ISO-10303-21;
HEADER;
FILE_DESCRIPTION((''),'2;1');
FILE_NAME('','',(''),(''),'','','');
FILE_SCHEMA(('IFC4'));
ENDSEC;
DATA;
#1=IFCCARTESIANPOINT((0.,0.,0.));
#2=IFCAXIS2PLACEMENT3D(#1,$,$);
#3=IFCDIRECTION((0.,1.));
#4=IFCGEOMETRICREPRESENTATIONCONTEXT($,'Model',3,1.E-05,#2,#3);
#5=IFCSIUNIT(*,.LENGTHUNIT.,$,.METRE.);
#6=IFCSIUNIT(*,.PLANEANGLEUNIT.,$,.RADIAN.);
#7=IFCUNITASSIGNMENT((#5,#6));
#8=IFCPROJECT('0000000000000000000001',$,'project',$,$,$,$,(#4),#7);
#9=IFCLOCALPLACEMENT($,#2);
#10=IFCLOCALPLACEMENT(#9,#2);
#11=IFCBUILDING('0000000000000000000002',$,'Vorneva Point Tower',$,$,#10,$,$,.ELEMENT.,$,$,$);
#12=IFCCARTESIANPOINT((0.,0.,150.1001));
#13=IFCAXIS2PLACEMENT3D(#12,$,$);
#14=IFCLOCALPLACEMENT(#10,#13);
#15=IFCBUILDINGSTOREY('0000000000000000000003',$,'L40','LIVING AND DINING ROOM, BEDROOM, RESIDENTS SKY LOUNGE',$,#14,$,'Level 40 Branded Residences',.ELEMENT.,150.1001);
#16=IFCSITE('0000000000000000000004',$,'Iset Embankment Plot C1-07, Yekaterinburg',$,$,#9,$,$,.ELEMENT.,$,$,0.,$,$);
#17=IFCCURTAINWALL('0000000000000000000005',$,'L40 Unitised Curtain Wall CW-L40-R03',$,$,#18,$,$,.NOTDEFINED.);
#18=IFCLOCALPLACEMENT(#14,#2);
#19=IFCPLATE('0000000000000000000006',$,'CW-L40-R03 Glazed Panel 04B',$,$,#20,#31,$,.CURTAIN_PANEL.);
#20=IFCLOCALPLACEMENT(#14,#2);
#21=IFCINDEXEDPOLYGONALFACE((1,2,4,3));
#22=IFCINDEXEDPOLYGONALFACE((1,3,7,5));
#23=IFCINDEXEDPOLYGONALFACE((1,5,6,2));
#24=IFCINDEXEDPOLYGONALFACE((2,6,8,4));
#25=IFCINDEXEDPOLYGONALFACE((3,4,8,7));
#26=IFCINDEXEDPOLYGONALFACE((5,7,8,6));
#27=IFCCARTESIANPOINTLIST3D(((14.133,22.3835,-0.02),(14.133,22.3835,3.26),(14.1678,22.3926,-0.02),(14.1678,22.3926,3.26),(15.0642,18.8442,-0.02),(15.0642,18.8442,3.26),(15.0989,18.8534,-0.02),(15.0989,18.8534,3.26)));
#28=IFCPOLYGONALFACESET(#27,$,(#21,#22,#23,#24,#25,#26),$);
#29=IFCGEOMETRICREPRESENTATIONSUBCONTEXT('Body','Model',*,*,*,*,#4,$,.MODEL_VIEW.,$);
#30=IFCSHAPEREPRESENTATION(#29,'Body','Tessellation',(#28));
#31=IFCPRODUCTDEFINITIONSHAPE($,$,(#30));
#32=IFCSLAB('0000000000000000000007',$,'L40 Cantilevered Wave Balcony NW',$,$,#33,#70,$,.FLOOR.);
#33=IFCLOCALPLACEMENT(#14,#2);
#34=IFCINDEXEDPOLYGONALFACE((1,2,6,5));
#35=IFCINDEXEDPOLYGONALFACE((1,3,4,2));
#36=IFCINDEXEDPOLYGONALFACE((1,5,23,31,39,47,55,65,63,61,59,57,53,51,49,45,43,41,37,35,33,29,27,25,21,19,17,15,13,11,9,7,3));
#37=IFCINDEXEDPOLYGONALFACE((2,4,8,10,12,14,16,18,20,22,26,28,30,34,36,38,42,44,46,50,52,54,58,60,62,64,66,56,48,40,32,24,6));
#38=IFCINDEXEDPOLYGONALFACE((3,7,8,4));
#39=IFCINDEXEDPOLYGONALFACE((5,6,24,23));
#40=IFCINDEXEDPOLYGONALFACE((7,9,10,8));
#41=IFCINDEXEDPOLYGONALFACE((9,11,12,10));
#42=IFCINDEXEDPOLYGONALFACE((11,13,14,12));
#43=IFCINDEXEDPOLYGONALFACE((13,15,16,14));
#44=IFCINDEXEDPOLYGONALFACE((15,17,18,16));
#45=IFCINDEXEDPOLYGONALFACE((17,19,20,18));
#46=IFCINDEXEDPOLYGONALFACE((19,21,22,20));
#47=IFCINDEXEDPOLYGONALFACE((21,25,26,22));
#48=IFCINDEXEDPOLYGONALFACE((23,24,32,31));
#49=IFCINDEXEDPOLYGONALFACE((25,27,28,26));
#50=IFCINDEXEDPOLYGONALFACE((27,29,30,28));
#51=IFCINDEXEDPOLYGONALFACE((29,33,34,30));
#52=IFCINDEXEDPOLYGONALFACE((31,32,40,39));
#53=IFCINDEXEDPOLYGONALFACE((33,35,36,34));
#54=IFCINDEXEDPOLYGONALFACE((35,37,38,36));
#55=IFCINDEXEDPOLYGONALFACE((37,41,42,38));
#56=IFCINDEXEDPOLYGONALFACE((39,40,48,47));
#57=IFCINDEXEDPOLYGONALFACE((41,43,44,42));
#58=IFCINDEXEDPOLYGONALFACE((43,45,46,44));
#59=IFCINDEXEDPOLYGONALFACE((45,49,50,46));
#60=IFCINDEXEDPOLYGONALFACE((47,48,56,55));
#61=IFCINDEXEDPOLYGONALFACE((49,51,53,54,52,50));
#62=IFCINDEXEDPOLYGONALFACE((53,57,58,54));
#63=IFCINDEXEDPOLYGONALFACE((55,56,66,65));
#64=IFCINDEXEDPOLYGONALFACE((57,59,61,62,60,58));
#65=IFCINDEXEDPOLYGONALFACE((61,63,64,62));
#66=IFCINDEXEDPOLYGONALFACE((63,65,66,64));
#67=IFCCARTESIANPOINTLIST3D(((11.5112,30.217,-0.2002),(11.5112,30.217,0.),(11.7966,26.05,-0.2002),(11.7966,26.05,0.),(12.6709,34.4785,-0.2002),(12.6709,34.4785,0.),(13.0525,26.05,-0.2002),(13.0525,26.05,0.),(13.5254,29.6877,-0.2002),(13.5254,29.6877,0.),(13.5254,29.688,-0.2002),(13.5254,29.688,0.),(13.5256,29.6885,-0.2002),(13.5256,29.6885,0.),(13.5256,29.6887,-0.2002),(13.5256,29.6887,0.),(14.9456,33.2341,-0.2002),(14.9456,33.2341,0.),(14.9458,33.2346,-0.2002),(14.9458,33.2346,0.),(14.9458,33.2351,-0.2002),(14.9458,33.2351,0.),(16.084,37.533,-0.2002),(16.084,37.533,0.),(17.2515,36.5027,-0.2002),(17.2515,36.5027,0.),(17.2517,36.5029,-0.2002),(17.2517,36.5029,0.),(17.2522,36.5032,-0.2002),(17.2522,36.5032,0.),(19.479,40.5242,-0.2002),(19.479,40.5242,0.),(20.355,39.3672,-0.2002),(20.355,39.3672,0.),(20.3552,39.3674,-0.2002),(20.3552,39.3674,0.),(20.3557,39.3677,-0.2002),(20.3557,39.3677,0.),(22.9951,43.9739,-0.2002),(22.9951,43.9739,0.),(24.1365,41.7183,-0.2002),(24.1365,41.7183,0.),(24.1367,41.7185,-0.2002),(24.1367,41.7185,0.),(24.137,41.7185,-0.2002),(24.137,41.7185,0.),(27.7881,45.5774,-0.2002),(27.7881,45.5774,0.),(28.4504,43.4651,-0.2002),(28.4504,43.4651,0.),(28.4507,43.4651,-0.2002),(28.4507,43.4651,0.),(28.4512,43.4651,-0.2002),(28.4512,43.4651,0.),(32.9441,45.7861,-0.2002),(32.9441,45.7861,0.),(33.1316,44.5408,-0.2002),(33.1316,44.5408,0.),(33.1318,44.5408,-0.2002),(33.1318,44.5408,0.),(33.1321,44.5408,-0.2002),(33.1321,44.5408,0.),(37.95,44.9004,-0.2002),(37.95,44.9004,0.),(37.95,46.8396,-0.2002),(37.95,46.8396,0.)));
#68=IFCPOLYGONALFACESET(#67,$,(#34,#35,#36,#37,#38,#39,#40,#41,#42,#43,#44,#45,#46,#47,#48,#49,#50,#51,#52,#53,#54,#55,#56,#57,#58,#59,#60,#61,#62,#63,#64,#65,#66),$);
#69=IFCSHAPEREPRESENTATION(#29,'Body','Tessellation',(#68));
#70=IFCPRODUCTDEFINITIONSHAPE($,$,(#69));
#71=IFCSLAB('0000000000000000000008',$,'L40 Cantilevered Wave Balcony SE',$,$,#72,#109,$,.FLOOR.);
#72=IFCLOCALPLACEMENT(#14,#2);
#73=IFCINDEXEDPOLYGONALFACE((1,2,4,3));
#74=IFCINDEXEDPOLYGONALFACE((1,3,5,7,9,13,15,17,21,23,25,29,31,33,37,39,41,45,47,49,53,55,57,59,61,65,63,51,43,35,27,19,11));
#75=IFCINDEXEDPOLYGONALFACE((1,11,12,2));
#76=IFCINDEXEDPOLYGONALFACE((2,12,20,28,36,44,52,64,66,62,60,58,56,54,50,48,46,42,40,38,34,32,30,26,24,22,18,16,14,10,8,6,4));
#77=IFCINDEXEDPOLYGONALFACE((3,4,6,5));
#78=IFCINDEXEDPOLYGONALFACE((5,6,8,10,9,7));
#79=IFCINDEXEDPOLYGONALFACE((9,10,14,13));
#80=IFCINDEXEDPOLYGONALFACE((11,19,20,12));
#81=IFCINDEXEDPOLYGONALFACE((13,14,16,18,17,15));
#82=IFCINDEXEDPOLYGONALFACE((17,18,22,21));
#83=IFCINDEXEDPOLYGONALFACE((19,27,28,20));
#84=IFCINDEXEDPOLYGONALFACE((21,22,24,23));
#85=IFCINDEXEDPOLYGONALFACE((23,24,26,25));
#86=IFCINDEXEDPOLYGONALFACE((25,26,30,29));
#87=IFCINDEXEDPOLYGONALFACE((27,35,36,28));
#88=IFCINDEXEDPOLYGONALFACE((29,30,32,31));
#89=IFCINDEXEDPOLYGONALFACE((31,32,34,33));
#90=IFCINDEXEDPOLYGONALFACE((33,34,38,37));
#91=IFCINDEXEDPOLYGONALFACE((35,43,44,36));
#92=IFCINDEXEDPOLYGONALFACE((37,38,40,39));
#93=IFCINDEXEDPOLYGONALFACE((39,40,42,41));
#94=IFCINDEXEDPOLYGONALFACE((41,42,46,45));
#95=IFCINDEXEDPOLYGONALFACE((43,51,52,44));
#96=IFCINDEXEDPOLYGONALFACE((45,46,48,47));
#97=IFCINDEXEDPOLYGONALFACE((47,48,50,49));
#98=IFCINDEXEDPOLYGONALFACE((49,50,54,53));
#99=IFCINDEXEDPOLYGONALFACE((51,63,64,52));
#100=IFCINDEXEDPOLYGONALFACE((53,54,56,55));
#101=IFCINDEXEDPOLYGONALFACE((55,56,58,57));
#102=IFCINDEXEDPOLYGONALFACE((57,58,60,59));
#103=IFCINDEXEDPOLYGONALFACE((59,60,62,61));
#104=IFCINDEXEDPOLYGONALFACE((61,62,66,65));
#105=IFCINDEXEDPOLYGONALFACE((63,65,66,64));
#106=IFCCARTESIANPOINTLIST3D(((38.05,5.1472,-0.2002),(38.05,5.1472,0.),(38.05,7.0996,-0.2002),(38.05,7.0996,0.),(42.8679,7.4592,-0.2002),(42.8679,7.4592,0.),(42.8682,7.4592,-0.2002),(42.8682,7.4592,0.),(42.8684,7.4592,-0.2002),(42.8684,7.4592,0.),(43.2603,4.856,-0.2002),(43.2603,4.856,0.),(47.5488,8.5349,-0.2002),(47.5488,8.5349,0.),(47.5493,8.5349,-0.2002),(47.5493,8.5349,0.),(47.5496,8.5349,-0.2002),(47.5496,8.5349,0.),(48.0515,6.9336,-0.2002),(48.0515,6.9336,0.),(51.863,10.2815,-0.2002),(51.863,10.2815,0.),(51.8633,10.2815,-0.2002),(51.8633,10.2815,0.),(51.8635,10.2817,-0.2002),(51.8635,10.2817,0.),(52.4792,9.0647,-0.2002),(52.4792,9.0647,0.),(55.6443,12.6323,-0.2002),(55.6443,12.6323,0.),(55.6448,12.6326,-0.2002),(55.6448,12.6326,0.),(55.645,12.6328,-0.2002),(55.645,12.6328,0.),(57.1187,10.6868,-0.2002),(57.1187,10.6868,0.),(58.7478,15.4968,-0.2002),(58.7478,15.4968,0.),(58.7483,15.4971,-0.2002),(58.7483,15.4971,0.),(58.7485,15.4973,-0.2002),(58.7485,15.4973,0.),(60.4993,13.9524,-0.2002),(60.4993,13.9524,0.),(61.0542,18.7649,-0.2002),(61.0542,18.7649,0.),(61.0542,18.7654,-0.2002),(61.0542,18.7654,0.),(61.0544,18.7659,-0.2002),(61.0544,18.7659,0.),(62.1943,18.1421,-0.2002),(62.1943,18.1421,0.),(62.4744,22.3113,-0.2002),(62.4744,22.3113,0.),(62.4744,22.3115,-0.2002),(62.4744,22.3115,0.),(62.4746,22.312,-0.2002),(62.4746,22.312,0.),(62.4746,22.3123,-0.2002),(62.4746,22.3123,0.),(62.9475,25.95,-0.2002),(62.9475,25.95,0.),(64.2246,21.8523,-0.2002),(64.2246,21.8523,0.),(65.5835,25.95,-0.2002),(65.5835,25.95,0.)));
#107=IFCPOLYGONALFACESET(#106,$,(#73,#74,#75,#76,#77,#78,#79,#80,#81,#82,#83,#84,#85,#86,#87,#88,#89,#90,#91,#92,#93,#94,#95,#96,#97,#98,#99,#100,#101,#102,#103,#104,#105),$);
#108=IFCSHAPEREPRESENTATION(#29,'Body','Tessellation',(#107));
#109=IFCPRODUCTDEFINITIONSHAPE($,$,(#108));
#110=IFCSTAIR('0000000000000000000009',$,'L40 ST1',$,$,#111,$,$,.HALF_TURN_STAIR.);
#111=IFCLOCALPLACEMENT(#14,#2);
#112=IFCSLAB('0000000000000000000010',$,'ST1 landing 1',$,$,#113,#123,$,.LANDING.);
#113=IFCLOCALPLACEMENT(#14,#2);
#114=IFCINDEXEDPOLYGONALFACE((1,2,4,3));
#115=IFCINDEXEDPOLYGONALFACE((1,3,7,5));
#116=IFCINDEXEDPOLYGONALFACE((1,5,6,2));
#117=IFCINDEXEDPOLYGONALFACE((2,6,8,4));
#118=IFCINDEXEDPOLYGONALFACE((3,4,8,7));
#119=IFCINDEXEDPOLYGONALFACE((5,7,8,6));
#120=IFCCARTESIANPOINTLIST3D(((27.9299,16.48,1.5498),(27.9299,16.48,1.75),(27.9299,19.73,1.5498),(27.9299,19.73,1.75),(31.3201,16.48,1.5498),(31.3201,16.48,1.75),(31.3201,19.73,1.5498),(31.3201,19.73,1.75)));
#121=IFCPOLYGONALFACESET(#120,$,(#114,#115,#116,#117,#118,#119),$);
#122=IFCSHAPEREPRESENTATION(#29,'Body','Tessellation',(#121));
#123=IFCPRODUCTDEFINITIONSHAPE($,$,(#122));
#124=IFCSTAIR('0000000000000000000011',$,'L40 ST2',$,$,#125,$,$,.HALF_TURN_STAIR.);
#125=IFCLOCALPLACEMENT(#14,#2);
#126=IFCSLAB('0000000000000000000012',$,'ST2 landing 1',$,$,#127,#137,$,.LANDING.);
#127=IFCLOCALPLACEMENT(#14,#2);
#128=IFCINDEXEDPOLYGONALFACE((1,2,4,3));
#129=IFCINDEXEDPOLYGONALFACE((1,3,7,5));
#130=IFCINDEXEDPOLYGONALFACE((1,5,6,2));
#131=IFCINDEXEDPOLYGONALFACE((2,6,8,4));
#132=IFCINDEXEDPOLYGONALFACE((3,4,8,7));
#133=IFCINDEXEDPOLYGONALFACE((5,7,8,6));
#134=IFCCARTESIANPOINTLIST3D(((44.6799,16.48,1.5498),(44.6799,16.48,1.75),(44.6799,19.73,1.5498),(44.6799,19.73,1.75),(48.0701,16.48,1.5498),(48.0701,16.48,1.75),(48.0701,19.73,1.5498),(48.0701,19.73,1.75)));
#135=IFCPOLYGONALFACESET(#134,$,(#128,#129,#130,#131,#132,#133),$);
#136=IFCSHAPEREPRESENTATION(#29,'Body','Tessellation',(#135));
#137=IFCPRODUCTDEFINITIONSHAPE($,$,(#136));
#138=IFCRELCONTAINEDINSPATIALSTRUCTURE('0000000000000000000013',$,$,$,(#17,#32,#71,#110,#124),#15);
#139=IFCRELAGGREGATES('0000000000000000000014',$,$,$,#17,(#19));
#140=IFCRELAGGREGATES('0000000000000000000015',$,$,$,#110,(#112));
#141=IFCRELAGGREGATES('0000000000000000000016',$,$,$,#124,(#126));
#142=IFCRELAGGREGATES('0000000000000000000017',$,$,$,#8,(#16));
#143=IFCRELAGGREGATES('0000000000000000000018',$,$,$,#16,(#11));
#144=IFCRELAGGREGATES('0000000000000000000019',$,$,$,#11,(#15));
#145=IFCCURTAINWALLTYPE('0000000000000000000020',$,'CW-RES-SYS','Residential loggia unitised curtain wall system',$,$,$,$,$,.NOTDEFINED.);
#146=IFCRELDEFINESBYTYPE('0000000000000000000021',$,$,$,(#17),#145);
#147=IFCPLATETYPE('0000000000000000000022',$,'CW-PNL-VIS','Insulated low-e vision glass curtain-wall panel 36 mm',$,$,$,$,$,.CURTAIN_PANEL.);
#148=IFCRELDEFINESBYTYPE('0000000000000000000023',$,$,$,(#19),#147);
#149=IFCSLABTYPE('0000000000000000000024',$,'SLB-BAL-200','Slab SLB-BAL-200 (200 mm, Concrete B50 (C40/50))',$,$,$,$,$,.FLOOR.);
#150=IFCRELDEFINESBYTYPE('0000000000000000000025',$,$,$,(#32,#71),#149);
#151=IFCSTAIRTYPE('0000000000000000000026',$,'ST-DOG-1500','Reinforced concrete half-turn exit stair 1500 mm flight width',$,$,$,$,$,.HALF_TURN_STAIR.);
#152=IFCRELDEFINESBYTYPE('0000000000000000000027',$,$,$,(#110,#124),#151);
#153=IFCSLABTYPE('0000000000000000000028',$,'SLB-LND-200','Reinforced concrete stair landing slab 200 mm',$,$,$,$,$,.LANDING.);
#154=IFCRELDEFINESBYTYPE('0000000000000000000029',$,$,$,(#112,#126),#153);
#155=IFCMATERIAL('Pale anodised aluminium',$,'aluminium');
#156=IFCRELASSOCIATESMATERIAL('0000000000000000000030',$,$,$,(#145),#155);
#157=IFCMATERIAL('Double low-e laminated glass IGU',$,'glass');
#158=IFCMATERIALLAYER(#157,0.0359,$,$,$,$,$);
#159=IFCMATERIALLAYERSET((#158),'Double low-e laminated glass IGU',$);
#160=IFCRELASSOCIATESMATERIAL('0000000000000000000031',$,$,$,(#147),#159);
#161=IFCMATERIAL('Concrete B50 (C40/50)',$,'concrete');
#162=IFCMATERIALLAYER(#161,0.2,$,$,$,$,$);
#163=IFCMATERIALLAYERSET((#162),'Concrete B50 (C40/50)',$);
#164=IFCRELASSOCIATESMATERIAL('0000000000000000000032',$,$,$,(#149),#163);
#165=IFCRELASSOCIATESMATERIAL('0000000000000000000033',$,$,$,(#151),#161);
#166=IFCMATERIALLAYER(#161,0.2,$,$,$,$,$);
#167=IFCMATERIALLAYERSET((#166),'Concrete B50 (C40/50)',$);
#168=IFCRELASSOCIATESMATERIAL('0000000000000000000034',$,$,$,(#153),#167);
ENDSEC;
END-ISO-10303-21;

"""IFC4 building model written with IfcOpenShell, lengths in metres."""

from ifc_helpers import new_model, si_unit, direction, frame, origin, origin_2d, place, context, subcontext, project, spatial, polyline, rectangle, outline, extrude, material, layer, layer_set, type_object, element, aggregate, save


model = new_model("IFC4")

# Units and contexts
model_context = context("Model", 3, precision=1e-05, world=origin(), true_north=direction((0.0, 1.0)))
body_context = subcontext(model_context, "Body", "Model", "MODEL_VIEW")
ifc_project = project(units=[si_unit("LENGTHUNIT", "METRE"), si_unit("PLANEANGLEUNIT", "RADIAN")], contexts=[model_context])

# Site, building, storey
site_placement = place(None, origin())
site = spatial("IfcSite", under=ifc_project, at=site_placement, Name="Iset Embankment Plot C1-07, Yekaterinburg", CompositionType="ELEMENT", RefElevation=0.0)
building_placement = place(site_placement, origin())
building = spatial("IfcBuilding", under=site, at=building_placement, Name="Vorneva Point Tower", CompositionType="ELEMENT")
storey_placement = place(building_placement, frame((0.0, 0.0, 150.1001)))
storey = spatial("IfcBuildingStorey", under=building, at=storey_placement, Name="L40", Description="LIVING AND DINING ROOM, BEDROOM, RESIDENTS SKY LOUNGE", LongName="Level 40 Branded Residences", CompositionType="ELEMENT", Elevation=150.1001)

# Curtain wall
ifc_material_1 = material(Name="Pale anodised aluminium", Category="aluminium")
curtain_wall_type = type_object("IfcCurtainWallType", Name="CW-RES-SYS", Description="Residential loggia unitised curtain wall system", PredefinedType="NOTDEFINED", material=ifc_material_1)
curtain_wall_1_placement = place(storey_placement, origin())
curtain_wall_1 = element("IfcCurtainWall", 1, at=curtain_wall_1_placement, inside=storey, type_object=curtain_wall_type, Name="L40 Unitised Curtain Wall CW-L40-R03", PredefinedType="NOTDEFINED")

# Plate
ifc_material_2 = material(Name="Double low-e laminated glass IGU", Category="glass")
ifc_layer_1 = layer(ifc_material_2, 0.0359)
ifc_layer_set_1 = layer_set([ifc_layer_1], Name="Double low-e laminated glass IGU")
plate_type = type_object("IfcPlateType", Name="CW-PNL-VIS", Description="Insulated low-e vision glass curtain-wall panel 36 mm", PredefinedType="CURTAIN_PANEL", material=ifc_layer_set_1)
plate_1_placement = place(storey_placement, frame((14.616, 20.6184, -0.02), z_axis=(0.0, 0.0, 1.0), x_axis=(0.254433, -0.96709, 0.0)))
plate_1 = element("IfcPlate", 2, at=plate_1_placement, type_object=plate_type, Name="CW-L40-R03 Glazed Panel 04B", PredefinedType="CURTAIN_PANEL", context=body_context, shape_type="SweptSolid", body=[
    extrude(rectangle(XDim=3.6597, YDim=0.0359, at=origin_2d()), origin(), (0.0, 0.0, 1.0), 3.28),
])
aggregate(curtain_wall_1, [plate_1])

# Slabs
ifc_material_3 = material(Name="Concrete B50 (C40/50)", Category="concrete")
ifc_layer_2 = layer(ifc_material_3, 0.2)
ifc_layer_set_2 = layer_set([ifc_layer_2], Name="Concrete B50 (C40/50)")
slab_type_1 = type_object("IfcSlabType", Name="SLB-BAL-200", Description="Slab SLB-BAL-200 (200 mm, Concrete B50 (C40/50))", PredefinedType="FLOOR", material=ifc_layer_set_2)
slab_1_placement = place(storey_placement, frame((0.0, 0.0, -0.2002)))
element("IfcSlab", 3, at=slab_1_placement, inside=storey, type_object=slab_type_1, Name="L40 Cantilevered Wave Balcony NW", PredefinedType="FLOOR", context=body_context, shape_type="SweptSolid", body=[
    extrude(outline(polyline([(11.7966, 26.05), (13.0525, 26.05), (13.5254, 29.6877), (13.5254, 29.688), (13.5256, 29.6885), (13.5256, 29.6887), (14.9456, 33.2341), (14.9458, 33.2346), (14.9458, 33.2351), (17.2515, 36.5027), (17.2517, 36.5029), (17.2522, 36.5032), (20.355, 39.3672), (20.3552, 39.3674), (20.3557, 39.3677), (24.1365, 41.7183), (24.1367, 41.7185), (24.137, 41.7185), (28.4504, 43.4651), (28.4507, 43.4651), (28.4512, 43.4651), (33.1316, 44.5408), (33.1318, 44.5408), (33.1321, 44.5408), (37.95, 44.9004), (37.95, 46.8396), (32.9441, 45.7861), (27.7881, 45.5774), (22.9951, 43.9739), (19.479, 40.5242), (16.084, 37.533), (12.6709, 34.4785), (11.5112, 30.217), (11.7966, 26.05)])), origin(), (0.0, 0.0, 1.0), 0.2002),
])
slab_2_placement = place(storey_placement, frame((0.0, 0.0, -0.2002)))
element("IfcSlab", 4, at=slab_2_placement, inside=storey, type_object=slab_type_1, Name="L40 Cantilevered Wave Balcony SE", PredefinedType="FLOOR", context=body_context, shape_type="SweptSolid", body=[
    extrude(outline(polyline([(64.2246, 21.8523), (65.5835, 25.95), (62.9475, 25.95), (62.4746, 22.3123), (62.4746, 22.312), (62.4744, 22.3115), (62.4744, 22.3113), (61.0544, 18.7659), (61.0542, 18.7654), (61.0542, 18.7649), (58.7485, 15.4973), (58.7483, 15.4971), (58.7478, 15.4968), (55.645, 12.6328), (55.6448, 12.6326), (55.6443, 12.6323), (51.8635, 10.2817), (51.8633, 10.2815), (51.863, 10.2815), (47.5496, 8.5349), (47.5493, 8.5349), (47.5488, 8.5349), (42.8684, 7.4592), (42.8682, 7.4592), (42.8679, 7.4592), (38.05, 7.0996), (38.05, 5.1472), (43.2603, 4.856), (48.0515, 6.9336), (52.4792, 9.0647), (57.1187, 10.6868), (60.4993, 13.9524), (62.1943, 18.1421), (64.2246, 21.8523)])), origin(), (0.0, 0.0, 1.0), 0.2002),
])

# Stairs, slabs
stair_type = type_object("IfcStairType", Name="ST-DOG-1500", Description="Reinforced concrete half-turn exit stair 1500 mm flight width", PredefinedType="HALF_TURN_STAIR", material=ifc_material_3)
stair_1_placement = place(storey_placement, origin())
stair_1 = element("IfcStair", 5, at=stair_1_placement, inside=storey, type_object=stair_type, Name="L40 ST1", PredefinedType="HALF_TURN_STAIR")
ifc_layer_3 = layer(ifc_material_3, 0.2)
ifc_layer_set_3 = layer_set([ifc_layer_3], Name="Concrete B50 (C40/50)")
slab_type_2 = type_object("IfcSlabType", Name="SLB-LND-200", Description="Reinforced concrete stair landing slab 200 mm", PredefinedType="LANDING", material=ifc_layer_set_3)
slab_3_placement = place(storey_placement, frame((0.0, 0.0, 1.5498)))
slab_3 = element("IfcSlab", 6, at=slab_3_placement, type_object=slab_type_2, Name="ST1 landing 1", PredefinedType="LANDING", context=body_context, shape_type="SweptSolid", body=[
    extrude(outline(polyline([(27.9299, 16.48), (31.3201, 16.48), (31.3201, 19.73), (27.9299, 19.73), (27.9299, 16.48)])), origin(), (0.0, 0.0, 1.0), 0.2002),
])
aggregate(stair_1, [slab_3])
stair_2_placement = place(storey_placement, origin())
stair_2 = element("IfcStair", 7, at=stair_2_placement, inside=storey, type_object=stair_type, Name="L40 ST2", PredefinedType="HALF_TURN_STAIR")
slab_4_placement = place(storey_placement, frame((0.0, 0.0, 1.5498)))
slab_4 = element("IfcSlab", 8, at=slab_4_placement, type_object=slab_type_2, Name="ST2 landing 1", PredefinedType="LANDING", context=body_context, shape_type="SweptSolid", body=[
    extrude(outline(polyline([(44.6799, 16.48), (48.0701, 16.48), (48.0701, 19.73), (44.6799, 19.73), (44.6799, 16.48)])), origin(), (0.0, 0.0, 1.0), 0.2002),
])
aggregate(stair_2, [slab_4])

save(model, "model.ifc")
